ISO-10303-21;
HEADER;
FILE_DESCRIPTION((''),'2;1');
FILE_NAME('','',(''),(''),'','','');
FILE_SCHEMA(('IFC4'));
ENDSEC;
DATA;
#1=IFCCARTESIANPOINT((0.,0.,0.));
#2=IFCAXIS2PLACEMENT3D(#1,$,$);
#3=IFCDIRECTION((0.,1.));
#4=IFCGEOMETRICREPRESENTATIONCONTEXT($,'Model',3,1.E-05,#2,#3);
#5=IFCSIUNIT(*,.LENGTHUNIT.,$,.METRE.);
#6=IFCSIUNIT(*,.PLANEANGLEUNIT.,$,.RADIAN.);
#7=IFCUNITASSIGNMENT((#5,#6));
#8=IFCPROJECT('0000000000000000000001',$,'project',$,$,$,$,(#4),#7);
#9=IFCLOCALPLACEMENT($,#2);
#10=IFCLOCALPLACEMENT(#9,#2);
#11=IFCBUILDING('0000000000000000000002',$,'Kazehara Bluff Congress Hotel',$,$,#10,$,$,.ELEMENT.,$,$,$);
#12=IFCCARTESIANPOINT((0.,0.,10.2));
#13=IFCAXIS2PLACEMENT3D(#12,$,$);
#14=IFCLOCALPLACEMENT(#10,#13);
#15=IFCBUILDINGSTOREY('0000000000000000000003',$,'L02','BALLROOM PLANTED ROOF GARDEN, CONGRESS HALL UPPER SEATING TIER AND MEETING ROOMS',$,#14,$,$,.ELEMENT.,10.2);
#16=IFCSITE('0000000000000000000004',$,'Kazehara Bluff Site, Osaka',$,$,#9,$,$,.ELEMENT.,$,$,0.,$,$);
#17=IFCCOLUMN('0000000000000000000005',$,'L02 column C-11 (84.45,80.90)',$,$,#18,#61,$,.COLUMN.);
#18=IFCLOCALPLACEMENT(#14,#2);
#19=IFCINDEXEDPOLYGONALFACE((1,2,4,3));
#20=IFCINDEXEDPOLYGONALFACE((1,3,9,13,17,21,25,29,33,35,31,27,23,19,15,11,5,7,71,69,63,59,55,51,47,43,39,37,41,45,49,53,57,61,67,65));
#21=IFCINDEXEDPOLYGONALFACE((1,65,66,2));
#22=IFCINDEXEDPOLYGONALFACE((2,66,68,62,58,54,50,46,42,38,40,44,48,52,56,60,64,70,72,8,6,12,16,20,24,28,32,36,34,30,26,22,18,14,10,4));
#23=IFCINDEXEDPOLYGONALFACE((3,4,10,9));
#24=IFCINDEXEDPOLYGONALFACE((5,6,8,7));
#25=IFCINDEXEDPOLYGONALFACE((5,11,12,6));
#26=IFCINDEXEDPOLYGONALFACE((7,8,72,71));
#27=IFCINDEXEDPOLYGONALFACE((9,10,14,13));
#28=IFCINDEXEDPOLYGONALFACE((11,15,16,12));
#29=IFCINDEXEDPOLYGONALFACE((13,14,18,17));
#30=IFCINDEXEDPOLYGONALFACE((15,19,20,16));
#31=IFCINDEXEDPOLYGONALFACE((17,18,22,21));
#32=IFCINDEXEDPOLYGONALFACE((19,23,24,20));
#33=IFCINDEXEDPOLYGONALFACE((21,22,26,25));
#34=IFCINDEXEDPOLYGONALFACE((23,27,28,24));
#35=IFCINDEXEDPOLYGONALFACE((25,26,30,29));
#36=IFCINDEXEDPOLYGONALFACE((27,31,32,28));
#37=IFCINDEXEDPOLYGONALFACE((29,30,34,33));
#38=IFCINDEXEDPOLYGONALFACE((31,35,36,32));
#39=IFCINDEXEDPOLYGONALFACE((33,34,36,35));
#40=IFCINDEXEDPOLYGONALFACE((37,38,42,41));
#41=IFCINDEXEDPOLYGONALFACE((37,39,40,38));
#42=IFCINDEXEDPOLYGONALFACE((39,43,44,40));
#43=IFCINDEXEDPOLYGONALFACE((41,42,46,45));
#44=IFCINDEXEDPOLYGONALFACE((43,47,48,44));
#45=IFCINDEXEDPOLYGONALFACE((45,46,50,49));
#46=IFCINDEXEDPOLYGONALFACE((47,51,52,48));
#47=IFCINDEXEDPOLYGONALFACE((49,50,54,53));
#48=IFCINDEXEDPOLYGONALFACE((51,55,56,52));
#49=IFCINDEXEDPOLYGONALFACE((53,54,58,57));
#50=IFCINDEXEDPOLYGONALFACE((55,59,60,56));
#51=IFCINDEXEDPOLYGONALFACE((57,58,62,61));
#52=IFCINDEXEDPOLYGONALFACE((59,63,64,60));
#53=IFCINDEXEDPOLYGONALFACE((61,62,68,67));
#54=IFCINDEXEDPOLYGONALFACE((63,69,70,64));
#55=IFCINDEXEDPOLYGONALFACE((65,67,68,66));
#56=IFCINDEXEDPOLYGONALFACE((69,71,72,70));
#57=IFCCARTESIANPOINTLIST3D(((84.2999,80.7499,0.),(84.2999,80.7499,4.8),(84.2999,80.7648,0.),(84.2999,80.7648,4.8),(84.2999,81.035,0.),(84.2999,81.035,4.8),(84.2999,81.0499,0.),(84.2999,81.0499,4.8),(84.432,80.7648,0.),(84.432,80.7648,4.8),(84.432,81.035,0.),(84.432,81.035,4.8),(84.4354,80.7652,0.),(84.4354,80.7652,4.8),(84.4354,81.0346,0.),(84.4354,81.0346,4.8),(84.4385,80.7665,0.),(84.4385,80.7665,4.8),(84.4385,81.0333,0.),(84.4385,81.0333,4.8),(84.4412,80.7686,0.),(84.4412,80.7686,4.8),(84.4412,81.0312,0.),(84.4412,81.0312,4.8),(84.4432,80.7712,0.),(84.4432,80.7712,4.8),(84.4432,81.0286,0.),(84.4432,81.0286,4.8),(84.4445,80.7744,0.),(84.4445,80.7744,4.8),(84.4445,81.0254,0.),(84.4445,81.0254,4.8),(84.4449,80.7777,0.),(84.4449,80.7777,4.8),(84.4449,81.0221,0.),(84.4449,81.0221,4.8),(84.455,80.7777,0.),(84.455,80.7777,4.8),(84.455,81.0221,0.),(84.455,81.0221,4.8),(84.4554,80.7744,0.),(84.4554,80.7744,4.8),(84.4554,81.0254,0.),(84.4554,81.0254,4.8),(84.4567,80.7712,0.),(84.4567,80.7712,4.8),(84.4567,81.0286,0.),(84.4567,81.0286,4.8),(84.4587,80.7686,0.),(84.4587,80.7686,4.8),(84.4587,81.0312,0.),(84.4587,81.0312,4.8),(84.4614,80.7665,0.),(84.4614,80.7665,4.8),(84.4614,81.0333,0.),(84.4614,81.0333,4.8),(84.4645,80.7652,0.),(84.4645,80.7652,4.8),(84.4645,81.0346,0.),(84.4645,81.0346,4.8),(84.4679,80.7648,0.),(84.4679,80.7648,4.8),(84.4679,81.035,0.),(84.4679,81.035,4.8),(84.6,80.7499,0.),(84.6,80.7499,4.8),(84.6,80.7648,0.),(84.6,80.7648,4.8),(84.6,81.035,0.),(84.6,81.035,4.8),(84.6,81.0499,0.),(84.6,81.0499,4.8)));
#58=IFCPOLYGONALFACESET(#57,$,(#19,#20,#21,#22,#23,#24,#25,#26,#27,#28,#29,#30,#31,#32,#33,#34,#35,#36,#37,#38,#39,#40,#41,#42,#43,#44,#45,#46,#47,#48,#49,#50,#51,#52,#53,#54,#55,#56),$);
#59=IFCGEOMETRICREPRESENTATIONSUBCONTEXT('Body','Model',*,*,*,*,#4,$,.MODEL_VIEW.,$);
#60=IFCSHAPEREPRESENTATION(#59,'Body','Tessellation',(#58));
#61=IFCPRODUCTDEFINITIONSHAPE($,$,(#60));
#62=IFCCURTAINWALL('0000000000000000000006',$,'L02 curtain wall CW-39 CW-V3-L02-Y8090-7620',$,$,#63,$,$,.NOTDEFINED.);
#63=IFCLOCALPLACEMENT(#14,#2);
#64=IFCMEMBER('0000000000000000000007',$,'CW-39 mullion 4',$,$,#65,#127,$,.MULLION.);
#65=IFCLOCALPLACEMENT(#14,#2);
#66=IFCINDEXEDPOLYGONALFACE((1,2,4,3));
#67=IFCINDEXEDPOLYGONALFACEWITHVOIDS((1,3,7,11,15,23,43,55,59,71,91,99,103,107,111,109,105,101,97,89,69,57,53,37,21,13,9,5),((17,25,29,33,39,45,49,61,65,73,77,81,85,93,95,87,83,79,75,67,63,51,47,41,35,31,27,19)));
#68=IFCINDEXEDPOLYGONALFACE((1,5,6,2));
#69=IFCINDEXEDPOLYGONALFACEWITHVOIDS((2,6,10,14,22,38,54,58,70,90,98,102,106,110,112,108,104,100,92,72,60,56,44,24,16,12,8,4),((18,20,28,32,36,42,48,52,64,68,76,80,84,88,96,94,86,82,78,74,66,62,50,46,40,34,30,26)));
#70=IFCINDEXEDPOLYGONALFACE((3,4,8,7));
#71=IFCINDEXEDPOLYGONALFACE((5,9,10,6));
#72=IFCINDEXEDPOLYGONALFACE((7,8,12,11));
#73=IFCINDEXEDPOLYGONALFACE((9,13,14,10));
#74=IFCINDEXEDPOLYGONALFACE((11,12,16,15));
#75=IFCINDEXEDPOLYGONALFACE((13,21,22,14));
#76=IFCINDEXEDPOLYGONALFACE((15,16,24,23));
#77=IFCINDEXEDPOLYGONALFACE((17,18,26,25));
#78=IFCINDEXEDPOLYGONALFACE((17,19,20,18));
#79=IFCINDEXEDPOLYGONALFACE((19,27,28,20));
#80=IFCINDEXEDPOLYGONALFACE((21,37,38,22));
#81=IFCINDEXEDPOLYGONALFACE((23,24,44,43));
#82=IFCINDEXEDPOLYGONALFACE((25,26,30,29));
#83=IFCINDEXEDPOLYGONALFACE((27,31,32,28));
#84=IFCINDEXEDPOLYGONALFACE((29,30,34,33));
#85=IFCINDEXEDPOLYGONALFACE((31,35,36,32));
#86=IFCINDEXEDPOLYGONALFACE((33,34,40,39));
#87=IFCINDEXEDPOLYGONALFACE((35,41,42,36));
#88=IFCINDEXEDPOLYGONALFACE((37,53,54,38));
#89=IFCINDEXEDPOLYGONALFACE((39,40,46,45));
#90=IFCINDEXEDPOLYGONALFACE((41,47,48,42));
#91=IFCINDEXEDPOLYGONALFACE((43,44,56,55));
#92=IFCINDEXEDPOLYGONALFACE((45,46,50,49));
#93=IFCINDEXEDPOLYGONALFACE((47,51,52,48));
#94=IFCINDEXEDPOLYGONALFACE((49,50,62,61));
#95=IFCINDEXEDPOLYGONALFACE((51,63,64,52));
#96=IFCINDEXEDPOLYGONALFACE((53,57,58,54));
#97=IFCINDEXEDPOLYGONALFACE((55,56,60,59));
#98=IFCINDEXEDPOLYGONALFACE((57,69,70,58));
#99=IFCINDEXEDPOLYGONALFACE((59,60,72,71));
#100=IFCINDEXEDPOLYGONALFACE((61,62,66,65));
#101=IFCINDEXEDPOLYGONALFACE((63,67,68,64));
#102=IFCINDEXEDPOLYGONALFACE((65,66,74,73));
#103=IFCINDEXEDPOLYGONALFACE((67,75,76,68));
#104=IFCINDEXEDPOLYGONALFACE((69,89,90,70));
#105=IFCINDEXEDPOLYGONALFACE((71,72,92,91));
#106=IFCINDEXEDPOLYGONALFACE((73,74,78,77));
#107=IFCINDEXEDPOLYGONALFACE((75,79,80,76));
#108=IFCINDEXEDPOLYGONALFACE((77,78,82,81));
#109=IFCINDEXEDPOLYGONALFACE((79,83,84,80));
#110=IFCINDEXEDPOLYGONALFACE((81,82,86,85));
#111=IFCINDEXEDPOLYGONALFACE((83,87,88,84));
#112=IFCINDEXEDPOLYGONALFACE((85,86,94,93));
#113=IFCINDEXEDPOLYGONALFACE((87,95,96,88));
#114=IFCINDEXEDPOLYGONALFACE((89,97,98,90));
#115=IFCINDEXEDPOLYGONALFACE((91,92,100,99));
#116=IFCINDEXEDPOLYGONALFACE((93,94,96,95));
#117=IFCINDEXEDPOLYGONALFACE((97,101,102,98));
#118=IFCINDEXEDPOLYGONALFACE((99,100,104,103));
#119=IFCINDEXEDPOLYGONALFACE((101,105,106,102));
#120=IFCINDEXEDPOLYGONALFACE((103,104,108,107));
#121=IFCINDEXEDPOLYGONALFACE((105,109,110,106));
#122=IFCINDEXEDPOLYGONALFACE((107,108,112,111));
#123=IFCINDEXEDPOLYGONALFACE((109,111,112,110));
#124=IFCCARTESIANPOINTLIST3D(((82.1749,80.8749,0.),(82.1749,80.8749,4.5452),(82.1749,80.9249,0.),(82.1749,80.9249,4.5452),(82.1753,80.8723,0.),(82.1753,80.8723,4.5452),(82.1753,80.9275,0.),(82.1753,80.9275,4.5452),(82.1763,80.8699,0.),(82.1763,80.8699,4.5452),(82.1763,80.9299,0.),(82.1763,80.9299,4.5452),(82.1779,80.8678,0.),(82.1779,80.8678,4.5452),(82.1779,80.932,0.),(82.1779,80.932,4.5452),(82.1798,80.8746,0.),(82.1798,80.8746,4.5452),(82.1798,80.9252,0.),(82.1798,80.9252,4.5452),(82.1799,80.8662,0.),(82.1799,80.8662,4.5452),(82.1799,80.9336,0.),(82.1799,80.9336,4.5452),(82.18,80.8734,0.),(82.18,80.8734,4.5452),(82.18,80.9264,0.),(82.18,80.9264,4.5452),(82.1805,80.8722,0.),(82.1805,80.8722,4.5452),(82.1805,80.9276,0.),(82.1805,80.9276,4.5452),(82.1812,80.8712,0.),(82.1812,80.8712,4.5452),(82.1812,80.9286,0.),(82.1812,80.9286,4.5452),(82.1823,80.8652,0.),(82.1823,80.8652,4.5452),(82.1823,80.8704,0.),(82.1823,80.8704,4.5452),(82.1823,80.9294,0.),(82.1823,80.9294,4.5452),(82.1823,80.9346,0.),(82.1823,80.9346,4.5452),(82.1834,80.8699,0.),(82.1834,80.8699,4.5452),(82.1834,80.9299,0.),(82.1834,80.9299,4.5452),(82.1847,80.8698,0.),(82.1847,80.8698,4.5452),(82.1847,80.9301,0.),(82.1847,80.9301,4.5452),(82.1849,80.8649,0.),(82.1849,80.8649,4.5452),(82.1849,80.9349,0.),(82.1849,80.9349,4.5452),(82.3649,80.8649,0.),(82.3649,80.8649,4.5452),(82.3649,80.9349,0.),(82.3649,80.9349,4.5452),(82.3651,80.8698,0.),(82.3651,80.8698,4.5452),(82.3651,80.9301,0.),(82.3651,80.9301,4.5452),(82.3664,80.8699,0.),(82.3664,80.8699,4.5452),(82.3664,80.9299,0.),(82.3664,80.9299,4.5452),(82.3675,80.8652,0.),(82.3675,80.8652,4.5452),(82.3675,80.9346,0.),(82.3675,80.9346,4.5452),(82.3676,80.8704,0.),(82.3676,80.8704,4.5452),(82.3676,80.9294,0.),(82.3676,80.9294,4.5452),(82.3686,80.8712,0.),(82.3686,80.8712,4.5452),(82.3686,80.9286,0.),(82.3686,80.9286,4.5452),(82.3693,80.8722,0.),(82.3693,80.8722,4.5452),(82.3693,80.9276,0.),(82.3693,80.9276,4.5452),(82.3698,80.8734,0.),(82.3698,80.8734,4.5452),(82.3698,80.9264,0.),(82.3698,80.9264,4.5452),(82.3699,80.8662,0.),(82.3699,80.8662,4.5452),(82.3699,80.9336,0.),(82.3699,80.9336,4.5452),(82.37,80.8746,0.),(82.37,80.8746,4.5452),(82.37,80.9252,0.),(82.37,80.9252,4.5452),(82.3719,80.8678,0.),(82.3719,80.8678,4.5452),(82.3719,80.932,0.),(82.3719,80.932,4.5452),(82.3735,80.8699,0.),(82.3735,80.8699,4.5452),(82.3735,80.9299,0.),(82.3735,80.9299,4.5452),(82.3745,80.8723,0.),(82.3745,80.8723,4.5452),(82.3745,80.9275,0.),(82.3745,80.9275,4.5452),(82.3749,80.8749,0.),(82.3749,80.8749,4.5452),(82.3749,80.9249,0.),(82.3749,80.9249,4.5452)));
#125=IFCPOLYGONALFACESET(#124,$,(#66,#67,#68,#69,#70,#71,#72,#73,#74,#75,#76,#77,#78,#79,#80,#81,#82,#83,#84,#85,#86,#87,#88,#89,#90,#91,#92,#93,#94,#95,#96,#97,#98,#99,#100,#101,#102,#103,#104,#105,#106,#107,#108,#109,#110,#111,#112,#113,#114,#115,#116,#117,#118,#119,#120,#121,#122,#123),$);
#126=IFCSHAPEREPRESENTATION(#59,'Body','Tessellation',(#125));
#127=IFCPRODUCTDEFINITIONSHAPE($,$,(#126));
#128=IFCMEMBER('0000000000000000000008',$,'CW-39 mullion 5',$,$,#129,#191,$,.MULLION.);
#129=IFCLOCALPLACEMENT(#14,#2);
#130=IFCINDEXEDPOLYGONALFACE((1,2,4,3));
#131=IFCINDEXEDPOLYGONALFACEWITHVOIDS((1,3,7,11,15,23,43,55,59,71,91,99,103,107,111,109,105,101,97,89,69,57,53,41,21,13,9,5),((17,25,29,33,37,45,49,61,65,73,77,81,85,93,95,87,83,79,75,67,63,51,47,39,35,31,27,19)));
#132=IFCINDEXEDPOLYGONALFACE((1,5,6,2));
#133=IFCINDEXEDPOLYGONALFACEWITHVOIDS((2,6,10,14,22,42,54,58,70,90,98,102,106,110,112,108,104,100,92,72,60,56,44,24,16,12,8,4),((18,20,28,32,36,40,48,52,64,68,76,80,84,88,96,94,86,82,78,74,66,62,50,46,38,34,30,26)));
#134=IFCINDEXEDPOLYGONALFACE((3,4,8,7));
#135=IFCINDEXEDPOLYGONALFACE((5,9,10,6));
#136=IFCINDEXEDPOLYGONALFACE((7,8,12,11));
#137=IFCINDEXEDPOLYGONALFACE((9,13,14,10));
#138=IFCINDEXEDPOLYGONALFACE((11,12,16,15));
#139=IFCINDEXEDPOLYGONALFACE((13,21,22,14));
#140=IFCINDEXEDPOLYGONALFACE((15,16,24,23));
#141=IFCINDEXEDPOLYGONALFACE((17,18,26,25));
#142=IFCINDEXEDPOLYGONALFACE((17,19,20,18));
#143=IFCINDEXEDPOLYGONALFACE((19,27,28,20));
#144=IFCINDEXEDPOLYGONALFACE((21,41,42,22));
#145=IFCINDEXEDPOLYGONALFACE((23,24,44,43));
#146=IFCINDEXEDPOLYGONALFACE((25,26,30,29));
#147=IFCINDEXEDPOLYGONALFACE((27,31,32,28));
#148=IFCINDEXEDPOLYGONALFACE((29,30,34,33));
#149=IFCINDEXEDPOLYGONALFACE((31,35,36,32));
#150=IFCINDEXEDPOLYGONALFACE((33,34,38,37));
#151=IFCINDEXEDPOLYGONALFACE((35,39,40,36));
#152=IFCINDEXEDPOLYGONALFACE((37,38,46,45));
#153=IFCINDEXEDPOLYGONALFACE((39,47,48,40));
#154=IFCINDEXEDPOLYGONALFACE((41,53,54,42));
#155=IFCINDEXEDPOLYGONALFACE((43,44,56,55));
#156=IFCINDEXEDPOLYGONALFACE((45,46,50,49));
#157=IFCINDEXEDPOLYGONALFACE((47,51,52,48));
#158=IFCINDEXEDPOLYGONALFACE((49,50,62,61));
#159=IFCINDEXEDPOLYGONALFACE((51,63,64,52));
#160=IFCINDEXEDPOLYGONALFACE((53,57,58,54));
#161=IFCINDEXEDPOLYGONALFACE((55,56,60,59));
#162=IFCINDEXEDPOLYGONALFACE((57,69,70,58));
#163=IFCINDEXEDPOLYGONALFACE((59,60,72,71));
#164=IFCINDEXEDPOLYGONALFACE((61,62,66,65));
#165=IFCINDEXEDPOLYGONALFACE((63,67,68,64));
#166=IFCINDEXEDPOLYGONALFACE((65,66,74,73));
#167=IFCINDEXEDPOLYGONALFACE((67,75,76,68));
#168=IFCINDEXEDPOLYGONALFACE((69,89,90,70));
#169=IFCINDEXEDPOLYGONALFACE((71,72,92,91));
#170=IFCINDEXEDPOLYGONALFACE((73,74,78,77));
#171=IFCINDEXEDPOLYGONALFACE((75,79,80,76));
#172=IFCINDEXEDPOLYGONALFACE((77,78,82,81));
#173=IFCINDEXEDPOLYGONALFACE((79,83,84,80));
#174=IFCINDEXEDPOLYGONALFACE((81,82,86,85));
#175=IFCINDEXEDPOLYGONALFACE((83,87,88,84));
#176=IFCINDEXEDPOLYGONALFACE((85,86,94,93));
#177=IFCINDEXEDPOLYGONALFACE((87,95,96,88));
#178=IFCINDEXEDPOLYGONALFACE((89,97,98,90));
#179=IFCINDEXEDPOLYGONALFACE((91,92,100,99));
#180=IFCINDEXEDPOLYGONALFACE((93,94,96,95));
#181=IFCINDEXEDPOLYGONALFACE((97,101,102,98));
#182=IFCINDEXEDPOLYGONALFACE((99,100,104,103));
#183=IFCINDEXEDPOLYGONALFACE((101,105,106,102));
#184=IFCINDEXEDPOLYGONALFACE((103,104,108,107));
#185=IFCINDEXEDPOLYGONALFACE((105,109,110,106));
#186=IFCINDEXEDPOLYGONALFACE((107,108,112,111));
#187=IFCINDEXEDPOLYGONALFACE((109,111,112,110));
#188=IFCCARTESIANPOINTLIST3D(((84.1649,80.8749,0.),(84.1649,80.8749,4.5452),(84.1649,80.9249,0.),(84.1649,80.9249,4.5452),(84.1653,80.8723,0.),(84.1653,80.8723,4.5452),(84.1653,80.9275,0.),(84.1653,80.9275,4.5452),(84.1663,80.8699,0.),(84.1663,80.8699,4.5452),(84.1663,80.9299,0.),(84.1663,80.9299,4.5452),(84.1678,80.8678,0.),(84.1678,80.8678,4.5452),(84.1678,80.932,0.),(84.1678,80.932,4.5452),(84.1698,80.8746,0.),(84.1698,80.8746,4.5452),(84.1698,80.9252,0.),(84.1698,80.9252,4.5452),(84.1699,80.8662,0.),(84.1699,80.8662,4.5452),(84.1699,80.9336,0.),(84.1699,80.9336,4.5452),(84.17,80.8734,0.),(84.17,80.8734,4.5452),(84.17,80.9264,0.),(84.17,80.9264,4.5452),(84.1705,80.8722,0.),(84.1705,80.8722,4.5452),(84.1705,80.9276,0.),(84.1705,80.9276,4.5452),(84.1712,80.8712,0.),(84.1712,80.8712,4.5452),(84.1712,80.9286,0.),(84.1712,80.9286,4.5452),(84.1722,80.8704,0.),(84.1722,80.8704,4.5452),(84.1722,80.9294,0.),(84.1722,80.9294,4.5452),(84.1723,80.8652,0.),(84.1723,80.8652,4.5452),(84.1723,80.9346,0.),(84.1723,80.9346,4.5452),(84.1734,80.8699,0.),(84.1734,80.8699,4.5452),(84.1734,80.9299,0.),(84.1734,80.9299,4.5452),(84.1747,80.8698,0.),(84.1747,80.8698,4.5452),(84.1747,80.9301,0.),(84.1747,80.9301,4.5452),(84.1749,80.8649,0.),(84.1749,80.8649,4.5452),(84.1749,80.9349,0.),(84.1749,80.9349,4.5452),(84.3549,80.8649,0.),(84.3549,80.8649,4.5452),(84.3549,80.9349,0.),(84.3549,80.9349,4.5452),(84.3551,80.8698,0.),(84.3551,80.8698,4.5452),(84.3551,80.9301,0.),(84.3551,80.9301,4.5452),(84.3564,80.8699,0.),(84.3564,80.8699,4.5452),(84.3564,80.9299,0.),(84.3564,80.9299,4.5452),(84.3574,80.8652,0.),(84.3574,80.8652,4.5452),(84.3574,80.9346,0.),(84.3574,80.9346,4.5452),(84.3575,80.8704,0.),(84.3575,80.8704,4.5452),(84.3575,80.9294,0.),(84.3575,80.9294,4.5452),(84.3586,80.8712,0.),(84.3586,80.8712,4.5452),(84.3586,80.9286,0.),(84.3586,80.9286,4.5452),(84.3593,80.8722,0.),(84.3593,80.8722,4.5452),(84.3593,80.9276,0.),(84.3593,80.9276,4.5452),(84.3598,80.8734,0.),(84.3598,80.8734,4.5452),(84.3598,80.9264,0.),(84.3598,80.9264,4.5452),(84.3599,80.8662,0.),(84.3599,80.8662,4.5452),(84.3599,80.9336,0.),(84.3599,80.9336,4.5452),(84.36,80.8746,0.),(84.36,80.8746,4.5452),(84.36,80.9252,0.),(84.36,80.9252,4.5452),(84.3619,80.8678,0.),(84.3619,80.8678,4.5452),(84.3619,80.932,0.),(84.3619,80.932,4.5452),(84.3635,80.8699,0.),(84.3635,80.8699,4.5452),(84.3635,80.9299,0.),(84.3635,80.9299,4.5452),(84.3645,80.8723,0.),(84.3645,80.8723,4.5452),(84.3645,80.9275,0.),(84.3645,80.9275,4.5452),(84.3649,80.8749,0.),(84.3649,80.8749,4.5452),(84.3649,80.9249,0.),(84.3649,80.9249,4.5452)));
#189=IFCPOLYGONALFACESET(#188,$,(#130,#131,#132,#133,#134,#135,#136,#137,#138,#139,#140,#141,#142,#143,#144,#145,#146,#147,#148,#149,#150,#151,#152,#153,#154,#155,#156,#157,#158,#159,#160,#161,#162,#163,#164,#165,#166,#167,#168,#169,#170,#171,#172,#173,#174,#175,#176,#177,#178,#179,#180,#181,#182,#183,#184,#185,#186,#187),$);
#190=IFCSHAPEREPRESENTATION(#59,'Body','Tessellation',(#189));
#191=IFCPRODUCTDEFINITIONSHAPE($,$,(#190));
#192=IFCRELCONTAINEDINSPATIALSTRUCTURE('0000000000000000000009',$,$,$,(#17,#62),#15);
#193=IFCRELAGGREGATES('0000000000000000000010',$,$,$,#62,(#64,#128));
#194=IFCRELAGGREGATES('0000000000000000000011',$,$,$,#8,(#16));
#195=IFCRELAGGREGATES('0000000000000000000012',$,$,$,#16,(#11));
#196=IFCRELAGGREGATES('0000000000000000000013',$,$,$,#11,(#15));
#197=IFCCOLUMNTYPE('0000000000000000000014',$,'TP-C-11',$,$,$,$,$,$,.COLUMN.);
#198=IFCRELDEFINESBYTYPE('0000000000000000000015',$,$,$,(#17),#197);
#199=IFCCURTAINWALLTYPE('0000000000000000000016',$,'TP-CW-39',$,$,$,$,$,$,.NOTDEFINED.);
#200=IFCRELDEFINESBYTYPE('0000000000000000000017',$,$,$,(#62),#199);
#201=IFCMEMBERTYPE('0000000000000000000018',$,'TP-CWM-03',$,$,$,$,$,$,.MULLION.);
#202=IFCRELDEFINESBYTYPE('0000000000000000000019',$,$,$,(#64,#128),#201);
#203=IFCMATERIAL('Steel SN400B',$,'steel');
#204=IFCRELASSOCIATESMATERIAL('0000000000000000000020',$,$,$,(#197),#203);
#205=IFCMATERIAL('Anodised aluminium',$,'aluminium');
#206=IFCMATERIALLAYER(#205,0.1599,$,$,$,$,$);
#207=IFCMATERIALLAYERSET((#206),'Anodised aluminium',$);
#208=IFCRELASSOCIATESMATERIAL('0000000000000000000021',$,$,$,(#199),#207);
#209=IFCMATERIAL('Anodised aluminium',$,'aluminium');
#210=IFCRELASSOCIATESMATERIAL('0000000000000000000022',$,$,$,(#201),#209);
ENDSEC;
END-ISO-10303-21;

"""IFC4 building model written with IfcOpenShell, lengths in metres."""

from ifc_helpers import new_model, si_unit, direction, frame, origin, origin_2d, place, context, subcontext, project, spatial, hollow_rectangle, i_section, extrude, material, layer, layer_set, material_profile, profile_set, type_object, element, aggregate, save


model = new_model("IFC4")

# Units and contexts
model_context = context("Model", 3, precision=1e-05, world=origin(), true_north=direction((0.0, 1.0)))
body_context = subcontext(model_context, "Body", "Model", "MODEL_VIEW")
ifc_project = project(units=[si_unit("LENGTHUNIT", "METRE"), si_unit("PLANEANGLEUNIT", "RADIAN")], contexts=[model_context])

# Site, building, storey
site_placement = place(None, origin())
site = spatial("IfcSite", under=ifc_project, at=site_placement, Name="Kazehara Bluff Site, Osaka", CompositionType="ELEMENT", RefElevation=0.0)
building_placement = place(site_placement, origin())
building = spatial("IfcBuilding", under=site, at=building_placement, Name="Kazehara Bluff Congress Hotel", CompositionType="ELEMENT")
storey_placement = place(building_placement, frame((0.0, 0.0, 10.2)))
storey = spatial("IfcBuildingStorey", under=building, at=storey_placement, Name="L02", Description="BALLROOM PLANTED ROOF GARDEN, CONGRESS HALL UPPER SEATING TIER AND MEETING ROOMS", CompositionType="ELEMENT", Elevation=10.2)

# Column
ifc_material_1 = material(Name="Steel SN400B", Category="steel")
ifc_material_profile_1 = material_profile(ifc_material_1, i_section(OverallWidth=0.3, OverallDepth=0.3, WebThickness=0.01, FlangeThickness=0.0149, FilletRadius=0.0129, at=origin_2d()))
ifc_profile_set_1 = profile_set([ifc_material_profile_1], Name="Steel SN400B")
column_type = type_object("IfcColumnType", Name="TP-C-11", PredefinedType="COLUMN", material=ifc_profile_set_1)
column_placement = place(storey_placement, frame((84.45, 80.8999, 0.0), z_axis=(0.0, 0.0, 1.0), x_axis=(1.0, 0.0, 0.0)))
element("IfcColumn", 1, at=column_placement, inside=storey, type_object=column_type, Name="L02 column C-11 (84.45,80.90)", PredefinedType="COLUMN", context=body_context, shape_type="SweptSolid", body=[
    extrude(i_section(OverallWidth=0.3, OverallDepth=0.3, WebThickness=0.01, FlangeThickness=0.0149, FilletRadius=0.0129, at=origin_2d()), origin(), (0.0, 0.0, 1.0), 4.8),
])

# Curtain wall, members
ifc_material_2 = material(Name="Anodised aluminium", Category="aluminium")
ifc_layer_1 = layer(ifc_material_2, 0.1599)
ifc_layer_set_1 = layer_set([ifc_layer_1], Name="Anodised aluminium")
curtain_wall_type = type_object("IfcCurtainWallType", Name="TP-CW-39", PredefinedType="NOTDEFINED", material=ifc_layer_set_1)
curtain_wall_1_placement = place(storey_placement, origin())
curtain_wall_1 = element("IfcCurtainWall", 2, at=curtain_wall_1_placement, inside=storey, type_object=curtain_wall_type, Name="L02 curtain wall CW-39 CW-V3-L02-Y8090-7620", PredefinedType="NOTDEFINED")
ifc_material_3 = material(Name="Anodised aluminium", Category="aluminium")
ifc_material_profile_2 = material_profile(ifc_material_3, hollow_rectangle(XDim=0.0701, YDim=0.2, WallThickness=0.0049, InnerFilletRadius=0.0049, OuterFilletRadius=0.01, at=origin_2d()))
ifc_profile_set_2 = profile_set([ifc_material_profile_2], Name="Anodised aluminium")
member_type_1 = type_object("IfcMemberType", Name="TP-CWM-03", PredefinedType="MULLION", material=ifc_profile_set_2)
member_1_placement = place(storey_placement, frame((82.2749, 80.8999, 0.0), z_axis=(0.0, 0.0, 1.0), x_axis=(0.0, 1.0, 0.0)))
member_1 = element("IfcMember", 3, at=member_1_placement, type_object=member_type_1, Name="CW-39 mullion 4", PredefinedType="MULLION", context=body_context, shape_type="SweptSolid", body=[
    extrude(hollow_rectangle(XDim=0.0701, YDim=0.2, WallThickness=0.0049, InnerFilletRadius=0.0049, OuterFilletRadius=0.01, at=origin_2d()), origin(), (0.0, 0.0, 1.0), 4.5452),
])
member_2_placement = place(storey_placement, frame((84.2649, 80.8999, 0.0), z_axis=(0.0, 0.0, 1.0), x_axis=(0.0, 1.0, 0.0)))
member_2 = element("IfcMember", 4, at=member_2_placement, type_object=member_type_1, Name="CW-39 mullion 5", PredefinedType="MULLION", context=body_context, shape_type="SweptSolid", body=[
    extrude(hollow_rectangle(XDim=0.0701, YDim=0.2, WallThickness=0.0049, InnerFilletRadius=0.0049, OuterFilletRadius=0.01, at=origin_2d()), origin(), (0.0, 0.0, 1.0), 4.5452),
])

aggregate(curtain_wall_1, [member_1, member_2])

save(model, "model.ifc")
